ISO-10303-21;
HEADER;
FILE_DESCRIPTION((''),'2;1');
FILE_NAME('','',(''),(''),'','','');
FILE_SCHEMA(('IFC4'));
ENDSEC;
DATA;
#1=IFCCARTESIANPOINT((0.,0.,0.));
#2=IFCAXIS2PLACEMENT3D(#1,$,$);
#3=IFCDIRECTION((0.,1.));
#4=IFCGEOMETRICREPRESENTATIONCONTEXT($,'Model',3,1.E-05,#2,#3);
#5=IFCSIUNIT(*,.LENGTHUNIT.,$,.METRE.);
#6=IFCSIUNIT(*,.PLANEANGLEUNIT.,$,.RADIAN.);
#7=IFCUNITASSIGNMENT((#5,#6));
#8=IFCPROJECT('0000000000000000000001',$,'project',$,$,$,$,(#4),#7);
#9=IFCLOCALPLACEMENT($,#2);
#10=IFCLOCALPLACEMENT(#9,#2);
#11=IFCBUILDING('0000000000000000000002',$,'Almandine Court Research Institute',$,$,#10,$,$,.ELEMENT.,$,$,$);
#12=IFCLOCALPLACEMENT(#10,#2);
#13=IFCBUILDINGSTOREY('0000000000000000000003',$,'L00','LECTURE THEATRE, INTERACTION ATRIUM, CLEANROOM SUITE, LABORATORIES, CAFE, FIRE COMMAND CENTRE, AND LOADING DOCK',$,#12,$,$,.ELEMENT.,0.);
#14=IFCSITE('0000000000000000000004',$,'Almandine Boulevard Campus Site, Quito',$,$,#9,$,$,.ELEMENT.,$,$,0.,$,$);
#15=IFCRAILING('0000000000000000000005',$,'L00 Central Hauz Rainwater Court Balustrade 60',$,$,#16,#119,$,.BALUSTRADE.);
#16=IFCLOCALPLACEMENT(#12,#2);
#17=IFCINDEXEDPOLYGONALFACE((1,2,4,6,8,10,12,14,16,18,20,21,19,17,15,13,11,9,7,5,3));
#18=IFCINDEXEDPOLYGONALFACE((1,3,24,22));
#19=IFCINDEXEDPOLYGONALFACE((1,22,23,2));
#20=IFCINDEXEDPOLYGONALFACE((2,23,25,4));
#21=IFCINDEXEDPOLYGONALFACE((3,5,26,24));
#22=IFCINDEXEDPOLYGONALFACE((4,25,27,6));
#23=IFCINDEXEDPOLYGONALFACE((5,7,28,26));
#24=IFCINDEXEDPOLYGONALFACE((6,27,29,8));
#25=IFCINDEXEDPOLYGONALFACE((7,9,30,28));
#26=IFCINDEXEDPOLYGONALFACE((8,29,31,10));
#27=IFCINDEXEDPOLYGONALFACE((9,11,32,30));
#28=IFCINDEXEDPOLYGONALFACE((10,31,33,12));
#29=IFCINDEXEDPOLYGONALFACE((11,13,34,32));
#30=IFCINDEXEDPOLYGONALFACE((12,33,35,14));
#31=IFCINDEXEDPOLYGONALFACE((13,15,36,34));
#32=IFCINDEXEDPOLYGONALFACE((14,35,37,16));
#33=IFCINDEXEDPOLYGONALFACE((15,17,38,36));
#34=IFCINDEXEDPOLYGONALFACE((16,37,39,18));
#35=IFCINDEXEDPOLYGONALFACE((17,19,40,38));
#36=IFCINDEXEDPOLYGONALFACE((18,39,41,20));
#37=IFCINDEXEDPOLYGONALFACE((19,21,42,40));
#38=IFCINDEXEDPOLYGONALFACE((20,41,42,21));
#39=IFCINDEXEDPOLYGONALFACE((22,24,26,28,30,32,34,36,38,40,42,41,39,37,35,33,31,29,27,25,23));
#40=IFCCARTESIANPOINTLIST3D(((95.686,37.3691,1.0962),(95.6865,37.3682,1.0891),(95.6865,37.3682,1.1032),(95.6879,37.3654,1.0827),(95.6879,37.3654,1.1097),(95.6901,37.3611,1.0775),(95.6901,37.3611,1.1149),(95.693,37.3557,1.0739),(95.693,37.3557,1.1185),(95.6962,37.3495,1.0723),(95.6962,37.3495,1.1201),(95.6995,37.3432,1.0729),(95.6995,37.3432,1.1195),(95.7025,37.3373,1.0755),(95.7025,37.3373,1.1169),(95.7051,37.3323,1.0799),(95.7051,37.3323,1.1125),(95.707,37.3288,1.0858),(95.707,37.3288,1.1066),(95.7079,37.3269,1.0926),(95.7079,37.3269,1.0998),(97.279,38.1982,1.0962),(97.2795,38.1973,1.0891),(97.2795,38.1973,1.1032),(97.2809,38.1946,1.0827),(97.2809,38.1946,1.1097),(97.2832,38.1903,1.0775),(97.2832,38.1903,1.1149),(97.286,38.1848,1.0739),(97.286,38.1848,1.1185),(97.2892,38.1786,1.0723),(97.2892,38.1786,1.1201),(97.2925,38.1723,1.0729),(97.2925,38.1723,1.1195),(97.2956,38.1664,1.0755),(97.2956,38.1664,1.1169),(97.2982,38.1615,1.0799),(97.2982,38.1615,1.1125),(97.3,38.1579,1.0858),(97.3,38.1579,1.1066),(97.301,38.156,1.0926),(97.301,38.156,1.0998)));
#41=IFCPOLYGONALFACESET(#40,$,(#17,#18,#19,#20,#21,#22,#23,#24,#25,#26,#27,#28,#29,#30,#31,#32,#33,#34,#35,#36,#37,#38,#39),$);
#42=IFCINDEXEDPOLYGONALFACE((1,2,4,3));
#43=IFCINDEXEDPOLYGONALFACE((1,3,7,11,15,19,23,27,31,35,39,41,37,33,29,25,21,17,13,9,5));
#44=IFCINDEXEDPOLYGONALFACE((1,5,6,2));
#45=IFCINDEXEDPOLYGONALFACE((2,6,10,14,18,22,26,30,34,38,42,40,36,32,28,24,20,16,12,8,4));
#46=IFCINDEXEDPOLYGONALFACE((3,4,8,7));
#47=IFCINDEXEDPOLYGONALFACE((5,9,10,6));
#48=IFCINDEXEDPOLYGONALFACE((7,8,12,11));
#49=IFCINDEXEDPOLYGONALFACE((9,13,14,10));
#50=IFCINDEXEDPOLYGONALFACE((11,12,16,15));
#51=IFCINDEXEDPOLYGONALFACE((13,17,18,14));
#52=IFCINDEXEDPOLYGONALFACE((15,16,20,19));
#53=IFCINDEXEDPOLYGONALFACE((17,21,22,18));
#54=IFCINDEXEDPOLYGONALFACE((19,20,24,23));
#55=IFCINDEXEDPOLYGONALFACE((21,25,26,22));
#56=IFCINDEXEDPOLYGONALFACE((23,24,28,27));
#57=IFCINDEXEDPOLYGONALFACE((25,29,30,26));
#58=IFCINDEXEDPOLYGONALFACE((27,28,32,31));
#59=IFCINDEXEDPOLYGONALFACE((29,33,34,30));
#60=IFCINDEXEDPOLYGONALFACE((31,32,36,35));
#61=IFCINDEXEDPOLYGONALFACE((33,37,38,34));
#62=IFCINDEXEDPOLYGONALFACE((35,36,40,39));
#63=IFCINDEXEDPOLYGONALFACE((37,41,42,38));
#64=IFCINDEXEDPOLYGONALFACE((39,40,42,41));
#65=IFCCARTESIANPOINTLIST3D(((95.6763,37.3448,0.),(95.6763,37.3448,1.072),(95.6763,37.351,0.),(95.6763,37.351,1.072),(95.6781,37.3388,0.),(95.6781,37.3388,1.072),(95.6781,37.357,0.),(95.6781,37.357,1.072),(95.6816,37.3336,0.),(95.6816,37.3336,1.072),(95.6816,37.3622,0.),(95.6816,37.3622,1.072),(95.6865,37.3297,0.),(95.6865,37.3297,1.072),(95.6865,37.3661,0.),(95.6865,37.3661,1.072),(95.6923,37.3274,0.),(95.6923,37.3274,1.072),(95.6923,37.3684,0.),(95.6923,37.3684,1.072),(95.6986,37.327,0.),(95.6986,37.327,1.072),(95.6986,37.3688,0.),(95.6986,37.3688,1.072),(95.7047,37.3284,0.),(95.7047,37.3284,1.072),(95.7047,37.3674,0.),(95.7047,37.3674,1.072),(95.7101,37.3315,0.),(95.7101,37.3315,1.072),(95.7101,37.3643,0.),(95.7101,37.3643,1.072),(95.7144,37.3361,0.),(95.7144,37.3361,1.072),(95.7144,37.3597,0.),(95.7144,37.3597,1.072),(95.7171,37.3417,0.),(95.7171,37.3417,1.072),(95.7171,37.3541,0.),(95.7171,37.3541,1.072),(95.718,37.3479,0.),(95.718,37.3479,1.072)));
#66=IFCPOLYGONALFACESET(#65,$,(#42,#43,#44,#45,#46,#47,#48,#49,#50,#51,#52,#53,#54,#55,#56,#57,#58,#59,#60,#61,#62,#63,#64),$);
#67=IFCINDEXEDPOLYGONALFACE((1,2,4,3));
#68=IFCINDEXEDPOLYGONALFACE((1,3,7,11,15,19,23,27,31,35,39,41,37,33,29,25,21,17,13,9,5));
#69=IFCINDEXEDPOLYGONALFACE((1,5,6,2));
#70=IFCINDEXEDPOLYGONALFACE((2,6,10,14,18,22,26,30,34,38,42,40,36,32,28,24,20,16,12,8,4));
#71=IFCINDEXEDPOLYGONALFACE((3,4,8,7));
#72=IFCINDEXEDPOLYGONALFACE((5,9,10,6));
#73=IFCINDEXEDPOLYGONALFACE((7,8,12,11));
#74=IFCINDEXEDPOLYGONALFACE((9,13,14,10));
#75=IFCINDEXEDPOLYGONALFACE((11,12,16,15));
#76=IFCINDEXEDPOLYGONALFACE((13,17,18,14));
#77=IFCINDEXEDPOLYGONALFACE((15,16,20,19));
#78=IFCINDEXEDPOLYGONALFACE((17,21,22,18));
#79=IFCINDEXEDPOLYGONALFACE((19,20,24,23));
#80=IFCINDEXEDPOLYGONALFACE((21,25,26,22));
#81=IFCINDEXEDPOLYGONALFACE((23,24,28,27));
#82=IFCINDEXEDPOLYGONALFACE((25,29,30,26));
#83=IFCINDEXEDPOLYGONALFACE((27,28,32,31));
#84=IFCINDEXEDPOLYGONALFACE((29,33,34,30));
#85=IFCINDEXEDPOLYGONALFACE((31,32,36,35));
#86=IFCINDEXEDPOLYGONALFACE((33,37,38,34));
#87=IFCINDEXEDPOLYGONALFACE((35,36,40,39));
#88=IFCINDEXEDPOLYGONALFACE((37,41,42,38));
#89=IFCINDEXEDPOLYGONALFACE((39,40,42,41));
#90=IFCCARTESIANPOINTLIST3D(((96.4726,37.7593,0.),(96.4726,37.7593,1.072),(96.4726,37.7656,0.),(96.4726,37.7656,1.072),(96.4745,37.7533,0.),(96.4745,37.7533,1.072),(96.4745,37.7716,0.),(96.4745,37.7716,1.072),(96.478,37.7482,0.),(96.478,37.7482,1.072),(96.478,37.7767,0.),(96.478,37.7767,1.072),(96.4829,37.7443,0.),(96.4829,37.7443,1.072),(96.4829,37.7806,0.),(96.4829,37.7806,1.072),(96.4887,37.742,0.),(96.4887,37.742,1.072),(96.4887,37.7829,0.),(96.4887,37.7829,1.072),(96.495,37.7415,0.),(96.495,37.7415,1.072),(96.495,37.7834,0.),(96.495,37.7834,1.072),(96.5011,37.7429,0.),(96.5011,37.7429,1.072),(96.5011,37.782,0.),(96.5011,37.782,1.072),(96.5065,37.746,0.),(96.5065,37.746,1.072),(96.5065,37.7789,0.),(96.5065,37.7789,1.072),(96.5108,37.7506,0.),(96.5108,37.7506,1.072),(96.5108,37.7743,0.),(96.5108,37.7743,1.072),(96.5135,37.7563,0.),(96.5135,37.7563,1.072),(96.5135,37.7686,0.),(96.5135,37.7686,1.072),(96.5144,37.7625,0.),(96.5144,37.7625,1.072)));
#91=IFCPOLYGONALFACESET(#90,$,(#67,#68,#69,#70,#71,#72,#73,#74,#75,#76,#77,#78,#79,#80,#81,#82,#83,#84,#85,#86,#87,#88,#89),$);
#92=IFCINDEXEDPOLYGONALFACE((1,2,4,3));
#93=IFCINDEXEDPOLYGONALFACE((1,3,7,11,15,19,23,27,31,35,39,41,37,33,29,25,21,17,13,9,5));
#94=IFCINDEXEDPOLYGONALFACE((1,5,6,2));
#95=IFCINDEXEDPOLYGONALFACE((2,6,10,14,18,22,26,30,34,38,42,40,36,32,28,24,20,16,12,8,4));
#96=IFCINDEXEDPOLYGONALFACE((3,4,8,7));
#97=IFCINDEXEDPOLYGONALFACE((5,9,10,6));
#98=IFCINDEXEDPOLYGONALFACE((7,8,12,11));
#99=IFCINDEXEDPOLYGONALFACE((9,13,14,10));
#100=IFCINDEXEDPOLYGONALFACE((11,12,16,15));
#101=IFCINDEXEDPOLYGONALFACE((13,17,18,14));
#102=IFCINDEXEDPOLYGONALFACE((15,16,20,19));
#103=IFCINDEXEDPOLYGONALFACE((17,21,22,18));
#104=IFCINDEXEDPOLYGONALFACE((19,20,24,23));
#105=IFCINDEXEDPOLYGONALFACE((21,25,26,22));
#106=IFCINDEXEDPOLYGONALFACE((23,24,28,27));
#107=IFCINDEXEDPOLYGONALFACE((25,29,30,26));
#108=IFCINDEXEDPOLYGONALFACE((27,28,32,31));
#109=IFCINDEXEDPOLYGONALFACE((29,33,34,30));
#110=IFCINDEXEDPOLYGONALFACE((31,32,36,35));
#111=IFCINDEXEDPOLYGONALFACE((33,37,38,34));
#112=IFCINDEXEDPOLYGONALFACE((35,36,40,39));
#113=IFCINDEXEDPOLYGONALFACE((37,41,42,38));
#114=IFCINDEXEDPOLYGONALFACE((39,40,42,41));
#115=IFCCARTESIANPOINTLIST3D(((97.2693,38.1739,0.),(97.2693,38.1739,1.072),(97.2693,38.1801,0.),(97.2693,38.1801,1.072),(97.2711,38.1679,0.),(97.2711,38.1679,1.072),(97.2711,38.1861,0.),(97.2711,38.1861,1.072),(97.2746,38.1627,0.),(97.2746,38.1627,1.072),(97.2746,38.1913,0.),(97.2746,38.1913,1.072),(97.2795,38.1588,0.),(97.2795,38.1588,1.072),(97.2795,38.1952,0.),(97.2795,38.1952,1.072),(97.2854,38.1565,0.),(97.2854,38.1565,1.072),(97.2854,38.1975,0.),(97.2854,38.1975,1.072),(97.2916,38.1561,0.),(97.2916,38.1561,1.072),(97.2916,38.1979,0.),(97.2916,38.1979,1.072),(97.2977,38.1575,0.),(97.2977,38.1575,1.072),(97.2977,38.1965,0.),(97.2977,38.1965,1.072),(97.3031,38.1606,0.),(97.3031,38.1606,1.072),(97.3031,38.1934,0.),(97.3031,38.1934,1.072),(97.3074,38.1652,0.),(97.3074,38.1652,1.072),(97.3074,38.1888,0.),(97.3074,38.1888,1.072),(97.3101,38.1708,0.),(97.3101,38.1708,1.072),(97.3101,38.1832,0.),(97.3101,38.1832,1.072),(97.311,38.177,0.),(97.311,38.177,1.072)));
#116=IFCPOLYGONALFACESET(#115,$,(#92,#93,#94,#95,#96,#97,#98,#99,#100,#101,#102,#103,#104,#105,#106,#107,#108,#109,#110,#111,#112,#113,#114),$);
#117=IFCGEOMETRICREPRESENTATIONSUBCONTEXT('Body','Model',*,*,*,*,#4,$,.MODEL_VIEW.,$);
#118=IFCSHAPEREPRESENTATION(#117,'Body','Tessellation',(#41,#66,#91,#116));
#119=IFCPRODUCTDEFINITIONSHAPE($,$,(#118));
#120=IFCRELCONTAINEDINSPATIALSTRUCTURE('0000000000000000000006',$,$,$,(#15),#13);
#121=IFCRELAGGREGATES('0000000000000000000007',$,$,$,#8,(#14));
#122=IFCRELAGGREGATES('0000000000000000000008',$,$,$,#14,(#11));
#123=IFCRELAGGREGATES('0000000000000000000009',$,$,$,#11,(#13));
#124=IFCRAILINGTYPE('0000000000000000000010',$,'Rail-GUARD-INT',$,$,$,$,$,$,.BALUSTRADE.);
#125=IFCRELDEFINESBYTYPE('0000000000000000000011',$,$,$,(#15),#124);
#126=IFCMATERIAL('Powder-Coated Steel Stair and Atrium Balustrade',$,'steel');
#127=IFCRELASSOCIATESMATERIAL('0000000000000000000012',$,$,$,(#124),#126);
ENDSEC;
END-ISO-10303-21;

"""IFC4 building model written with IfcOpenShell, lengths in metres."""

from ifc_helpers import new_model, si_unit, direction, frame, origin, origin_2d, place, context, subcontext, project, spatial, circle, extrude, material, type_object, element, save


model = new_model("IFC4")

# Units and contexts
model_context = context("Model", 3, precision=1e-05, world=origin(), true_north=direction((0.0, 1.0)))
body_context = subcontext(model_context, "Body", "Model", "MODEL_VIEW")
ifc_project = project(units=[si_unit("LENGTHUNIT", "METRE"), si_unit("PLANEANGLEUNIT", "RADIAN")], contexts=[model_context])

# Site, building, storey
site_placement = place(None, origin())
site = spatial("IfcSite", under=ifc_project, at=site_placement, Name="Almandine Boulevard Campus Site, Quito", CompositionType="ELEMENT", RefElevation=0.0)
building_placement = place(site_placement, origin())
building = spatial("IfcBuilding", under=site, at=building_placement, Name="Almandine Court Research Institute", CompositionType="ELEMENT")
storey_placement = place(building_placement, origin())
storey = spatial("IfcBuildingStorey", under=building, at=storey_placement, Name="L00", Description="LECTURE THEATRE, INTERACTION ATRIUM, CLEANROOM SUITE, LABORATORIES, CAFE, FIRE COMMAND CENTRE, AND LOADING DOCK", CompositionType="ELEMENT", Elevation=0.0)

# Railing
ifc_material_1 = material(Name="Powder-Coated Steel Stair and Atrium Balustrade", Category="steel")
railing_type = type_object("IfcRailingType", Name="Rail-GUARD-INT", PredefinedType="BALUSTRADE", material=ifc_material_1)
railing_1_placement = place(storey_placement, frame((95.697, 37.3479, 0.0)))
element("IfcRailing", 1, at=railing_1_placement, inside=storey, type_object=railing_type, Name="L00 Central Hauz Rainwater Court Balustrade 60", PredefinedType="BALUSTRADE", context=body_context, shape_type="SweptSolid", body=[
    extrude(circle(Radius=0.0239, at=origin_2d()), frame((0.0, 0.0, 1.0962), z_axis=(0.88705, 0.461674, 0.0), x_axis=(-0.461674, 0.88705, 0.0)), (0.0, 0.0, 1.0), 1.7959),
    extrude(circle(Radius=0.021, at=origin_2d()), origin(), (0.0, 0.0, 1.0), 1.072),
    extrude(circle(Radius=0.021, at=origin_2d()), frame((0.7964, 0.4146, 0.0)), (0.0, 0.0, 1.0), 1.072),
    extrude(circle(Radius=0.021, at=origin_2d()), frame((1.593, 0.8291, 0.0)), (0.0, 0.0, 1.0), 1.072),
])

save(model, "model.ifc")
